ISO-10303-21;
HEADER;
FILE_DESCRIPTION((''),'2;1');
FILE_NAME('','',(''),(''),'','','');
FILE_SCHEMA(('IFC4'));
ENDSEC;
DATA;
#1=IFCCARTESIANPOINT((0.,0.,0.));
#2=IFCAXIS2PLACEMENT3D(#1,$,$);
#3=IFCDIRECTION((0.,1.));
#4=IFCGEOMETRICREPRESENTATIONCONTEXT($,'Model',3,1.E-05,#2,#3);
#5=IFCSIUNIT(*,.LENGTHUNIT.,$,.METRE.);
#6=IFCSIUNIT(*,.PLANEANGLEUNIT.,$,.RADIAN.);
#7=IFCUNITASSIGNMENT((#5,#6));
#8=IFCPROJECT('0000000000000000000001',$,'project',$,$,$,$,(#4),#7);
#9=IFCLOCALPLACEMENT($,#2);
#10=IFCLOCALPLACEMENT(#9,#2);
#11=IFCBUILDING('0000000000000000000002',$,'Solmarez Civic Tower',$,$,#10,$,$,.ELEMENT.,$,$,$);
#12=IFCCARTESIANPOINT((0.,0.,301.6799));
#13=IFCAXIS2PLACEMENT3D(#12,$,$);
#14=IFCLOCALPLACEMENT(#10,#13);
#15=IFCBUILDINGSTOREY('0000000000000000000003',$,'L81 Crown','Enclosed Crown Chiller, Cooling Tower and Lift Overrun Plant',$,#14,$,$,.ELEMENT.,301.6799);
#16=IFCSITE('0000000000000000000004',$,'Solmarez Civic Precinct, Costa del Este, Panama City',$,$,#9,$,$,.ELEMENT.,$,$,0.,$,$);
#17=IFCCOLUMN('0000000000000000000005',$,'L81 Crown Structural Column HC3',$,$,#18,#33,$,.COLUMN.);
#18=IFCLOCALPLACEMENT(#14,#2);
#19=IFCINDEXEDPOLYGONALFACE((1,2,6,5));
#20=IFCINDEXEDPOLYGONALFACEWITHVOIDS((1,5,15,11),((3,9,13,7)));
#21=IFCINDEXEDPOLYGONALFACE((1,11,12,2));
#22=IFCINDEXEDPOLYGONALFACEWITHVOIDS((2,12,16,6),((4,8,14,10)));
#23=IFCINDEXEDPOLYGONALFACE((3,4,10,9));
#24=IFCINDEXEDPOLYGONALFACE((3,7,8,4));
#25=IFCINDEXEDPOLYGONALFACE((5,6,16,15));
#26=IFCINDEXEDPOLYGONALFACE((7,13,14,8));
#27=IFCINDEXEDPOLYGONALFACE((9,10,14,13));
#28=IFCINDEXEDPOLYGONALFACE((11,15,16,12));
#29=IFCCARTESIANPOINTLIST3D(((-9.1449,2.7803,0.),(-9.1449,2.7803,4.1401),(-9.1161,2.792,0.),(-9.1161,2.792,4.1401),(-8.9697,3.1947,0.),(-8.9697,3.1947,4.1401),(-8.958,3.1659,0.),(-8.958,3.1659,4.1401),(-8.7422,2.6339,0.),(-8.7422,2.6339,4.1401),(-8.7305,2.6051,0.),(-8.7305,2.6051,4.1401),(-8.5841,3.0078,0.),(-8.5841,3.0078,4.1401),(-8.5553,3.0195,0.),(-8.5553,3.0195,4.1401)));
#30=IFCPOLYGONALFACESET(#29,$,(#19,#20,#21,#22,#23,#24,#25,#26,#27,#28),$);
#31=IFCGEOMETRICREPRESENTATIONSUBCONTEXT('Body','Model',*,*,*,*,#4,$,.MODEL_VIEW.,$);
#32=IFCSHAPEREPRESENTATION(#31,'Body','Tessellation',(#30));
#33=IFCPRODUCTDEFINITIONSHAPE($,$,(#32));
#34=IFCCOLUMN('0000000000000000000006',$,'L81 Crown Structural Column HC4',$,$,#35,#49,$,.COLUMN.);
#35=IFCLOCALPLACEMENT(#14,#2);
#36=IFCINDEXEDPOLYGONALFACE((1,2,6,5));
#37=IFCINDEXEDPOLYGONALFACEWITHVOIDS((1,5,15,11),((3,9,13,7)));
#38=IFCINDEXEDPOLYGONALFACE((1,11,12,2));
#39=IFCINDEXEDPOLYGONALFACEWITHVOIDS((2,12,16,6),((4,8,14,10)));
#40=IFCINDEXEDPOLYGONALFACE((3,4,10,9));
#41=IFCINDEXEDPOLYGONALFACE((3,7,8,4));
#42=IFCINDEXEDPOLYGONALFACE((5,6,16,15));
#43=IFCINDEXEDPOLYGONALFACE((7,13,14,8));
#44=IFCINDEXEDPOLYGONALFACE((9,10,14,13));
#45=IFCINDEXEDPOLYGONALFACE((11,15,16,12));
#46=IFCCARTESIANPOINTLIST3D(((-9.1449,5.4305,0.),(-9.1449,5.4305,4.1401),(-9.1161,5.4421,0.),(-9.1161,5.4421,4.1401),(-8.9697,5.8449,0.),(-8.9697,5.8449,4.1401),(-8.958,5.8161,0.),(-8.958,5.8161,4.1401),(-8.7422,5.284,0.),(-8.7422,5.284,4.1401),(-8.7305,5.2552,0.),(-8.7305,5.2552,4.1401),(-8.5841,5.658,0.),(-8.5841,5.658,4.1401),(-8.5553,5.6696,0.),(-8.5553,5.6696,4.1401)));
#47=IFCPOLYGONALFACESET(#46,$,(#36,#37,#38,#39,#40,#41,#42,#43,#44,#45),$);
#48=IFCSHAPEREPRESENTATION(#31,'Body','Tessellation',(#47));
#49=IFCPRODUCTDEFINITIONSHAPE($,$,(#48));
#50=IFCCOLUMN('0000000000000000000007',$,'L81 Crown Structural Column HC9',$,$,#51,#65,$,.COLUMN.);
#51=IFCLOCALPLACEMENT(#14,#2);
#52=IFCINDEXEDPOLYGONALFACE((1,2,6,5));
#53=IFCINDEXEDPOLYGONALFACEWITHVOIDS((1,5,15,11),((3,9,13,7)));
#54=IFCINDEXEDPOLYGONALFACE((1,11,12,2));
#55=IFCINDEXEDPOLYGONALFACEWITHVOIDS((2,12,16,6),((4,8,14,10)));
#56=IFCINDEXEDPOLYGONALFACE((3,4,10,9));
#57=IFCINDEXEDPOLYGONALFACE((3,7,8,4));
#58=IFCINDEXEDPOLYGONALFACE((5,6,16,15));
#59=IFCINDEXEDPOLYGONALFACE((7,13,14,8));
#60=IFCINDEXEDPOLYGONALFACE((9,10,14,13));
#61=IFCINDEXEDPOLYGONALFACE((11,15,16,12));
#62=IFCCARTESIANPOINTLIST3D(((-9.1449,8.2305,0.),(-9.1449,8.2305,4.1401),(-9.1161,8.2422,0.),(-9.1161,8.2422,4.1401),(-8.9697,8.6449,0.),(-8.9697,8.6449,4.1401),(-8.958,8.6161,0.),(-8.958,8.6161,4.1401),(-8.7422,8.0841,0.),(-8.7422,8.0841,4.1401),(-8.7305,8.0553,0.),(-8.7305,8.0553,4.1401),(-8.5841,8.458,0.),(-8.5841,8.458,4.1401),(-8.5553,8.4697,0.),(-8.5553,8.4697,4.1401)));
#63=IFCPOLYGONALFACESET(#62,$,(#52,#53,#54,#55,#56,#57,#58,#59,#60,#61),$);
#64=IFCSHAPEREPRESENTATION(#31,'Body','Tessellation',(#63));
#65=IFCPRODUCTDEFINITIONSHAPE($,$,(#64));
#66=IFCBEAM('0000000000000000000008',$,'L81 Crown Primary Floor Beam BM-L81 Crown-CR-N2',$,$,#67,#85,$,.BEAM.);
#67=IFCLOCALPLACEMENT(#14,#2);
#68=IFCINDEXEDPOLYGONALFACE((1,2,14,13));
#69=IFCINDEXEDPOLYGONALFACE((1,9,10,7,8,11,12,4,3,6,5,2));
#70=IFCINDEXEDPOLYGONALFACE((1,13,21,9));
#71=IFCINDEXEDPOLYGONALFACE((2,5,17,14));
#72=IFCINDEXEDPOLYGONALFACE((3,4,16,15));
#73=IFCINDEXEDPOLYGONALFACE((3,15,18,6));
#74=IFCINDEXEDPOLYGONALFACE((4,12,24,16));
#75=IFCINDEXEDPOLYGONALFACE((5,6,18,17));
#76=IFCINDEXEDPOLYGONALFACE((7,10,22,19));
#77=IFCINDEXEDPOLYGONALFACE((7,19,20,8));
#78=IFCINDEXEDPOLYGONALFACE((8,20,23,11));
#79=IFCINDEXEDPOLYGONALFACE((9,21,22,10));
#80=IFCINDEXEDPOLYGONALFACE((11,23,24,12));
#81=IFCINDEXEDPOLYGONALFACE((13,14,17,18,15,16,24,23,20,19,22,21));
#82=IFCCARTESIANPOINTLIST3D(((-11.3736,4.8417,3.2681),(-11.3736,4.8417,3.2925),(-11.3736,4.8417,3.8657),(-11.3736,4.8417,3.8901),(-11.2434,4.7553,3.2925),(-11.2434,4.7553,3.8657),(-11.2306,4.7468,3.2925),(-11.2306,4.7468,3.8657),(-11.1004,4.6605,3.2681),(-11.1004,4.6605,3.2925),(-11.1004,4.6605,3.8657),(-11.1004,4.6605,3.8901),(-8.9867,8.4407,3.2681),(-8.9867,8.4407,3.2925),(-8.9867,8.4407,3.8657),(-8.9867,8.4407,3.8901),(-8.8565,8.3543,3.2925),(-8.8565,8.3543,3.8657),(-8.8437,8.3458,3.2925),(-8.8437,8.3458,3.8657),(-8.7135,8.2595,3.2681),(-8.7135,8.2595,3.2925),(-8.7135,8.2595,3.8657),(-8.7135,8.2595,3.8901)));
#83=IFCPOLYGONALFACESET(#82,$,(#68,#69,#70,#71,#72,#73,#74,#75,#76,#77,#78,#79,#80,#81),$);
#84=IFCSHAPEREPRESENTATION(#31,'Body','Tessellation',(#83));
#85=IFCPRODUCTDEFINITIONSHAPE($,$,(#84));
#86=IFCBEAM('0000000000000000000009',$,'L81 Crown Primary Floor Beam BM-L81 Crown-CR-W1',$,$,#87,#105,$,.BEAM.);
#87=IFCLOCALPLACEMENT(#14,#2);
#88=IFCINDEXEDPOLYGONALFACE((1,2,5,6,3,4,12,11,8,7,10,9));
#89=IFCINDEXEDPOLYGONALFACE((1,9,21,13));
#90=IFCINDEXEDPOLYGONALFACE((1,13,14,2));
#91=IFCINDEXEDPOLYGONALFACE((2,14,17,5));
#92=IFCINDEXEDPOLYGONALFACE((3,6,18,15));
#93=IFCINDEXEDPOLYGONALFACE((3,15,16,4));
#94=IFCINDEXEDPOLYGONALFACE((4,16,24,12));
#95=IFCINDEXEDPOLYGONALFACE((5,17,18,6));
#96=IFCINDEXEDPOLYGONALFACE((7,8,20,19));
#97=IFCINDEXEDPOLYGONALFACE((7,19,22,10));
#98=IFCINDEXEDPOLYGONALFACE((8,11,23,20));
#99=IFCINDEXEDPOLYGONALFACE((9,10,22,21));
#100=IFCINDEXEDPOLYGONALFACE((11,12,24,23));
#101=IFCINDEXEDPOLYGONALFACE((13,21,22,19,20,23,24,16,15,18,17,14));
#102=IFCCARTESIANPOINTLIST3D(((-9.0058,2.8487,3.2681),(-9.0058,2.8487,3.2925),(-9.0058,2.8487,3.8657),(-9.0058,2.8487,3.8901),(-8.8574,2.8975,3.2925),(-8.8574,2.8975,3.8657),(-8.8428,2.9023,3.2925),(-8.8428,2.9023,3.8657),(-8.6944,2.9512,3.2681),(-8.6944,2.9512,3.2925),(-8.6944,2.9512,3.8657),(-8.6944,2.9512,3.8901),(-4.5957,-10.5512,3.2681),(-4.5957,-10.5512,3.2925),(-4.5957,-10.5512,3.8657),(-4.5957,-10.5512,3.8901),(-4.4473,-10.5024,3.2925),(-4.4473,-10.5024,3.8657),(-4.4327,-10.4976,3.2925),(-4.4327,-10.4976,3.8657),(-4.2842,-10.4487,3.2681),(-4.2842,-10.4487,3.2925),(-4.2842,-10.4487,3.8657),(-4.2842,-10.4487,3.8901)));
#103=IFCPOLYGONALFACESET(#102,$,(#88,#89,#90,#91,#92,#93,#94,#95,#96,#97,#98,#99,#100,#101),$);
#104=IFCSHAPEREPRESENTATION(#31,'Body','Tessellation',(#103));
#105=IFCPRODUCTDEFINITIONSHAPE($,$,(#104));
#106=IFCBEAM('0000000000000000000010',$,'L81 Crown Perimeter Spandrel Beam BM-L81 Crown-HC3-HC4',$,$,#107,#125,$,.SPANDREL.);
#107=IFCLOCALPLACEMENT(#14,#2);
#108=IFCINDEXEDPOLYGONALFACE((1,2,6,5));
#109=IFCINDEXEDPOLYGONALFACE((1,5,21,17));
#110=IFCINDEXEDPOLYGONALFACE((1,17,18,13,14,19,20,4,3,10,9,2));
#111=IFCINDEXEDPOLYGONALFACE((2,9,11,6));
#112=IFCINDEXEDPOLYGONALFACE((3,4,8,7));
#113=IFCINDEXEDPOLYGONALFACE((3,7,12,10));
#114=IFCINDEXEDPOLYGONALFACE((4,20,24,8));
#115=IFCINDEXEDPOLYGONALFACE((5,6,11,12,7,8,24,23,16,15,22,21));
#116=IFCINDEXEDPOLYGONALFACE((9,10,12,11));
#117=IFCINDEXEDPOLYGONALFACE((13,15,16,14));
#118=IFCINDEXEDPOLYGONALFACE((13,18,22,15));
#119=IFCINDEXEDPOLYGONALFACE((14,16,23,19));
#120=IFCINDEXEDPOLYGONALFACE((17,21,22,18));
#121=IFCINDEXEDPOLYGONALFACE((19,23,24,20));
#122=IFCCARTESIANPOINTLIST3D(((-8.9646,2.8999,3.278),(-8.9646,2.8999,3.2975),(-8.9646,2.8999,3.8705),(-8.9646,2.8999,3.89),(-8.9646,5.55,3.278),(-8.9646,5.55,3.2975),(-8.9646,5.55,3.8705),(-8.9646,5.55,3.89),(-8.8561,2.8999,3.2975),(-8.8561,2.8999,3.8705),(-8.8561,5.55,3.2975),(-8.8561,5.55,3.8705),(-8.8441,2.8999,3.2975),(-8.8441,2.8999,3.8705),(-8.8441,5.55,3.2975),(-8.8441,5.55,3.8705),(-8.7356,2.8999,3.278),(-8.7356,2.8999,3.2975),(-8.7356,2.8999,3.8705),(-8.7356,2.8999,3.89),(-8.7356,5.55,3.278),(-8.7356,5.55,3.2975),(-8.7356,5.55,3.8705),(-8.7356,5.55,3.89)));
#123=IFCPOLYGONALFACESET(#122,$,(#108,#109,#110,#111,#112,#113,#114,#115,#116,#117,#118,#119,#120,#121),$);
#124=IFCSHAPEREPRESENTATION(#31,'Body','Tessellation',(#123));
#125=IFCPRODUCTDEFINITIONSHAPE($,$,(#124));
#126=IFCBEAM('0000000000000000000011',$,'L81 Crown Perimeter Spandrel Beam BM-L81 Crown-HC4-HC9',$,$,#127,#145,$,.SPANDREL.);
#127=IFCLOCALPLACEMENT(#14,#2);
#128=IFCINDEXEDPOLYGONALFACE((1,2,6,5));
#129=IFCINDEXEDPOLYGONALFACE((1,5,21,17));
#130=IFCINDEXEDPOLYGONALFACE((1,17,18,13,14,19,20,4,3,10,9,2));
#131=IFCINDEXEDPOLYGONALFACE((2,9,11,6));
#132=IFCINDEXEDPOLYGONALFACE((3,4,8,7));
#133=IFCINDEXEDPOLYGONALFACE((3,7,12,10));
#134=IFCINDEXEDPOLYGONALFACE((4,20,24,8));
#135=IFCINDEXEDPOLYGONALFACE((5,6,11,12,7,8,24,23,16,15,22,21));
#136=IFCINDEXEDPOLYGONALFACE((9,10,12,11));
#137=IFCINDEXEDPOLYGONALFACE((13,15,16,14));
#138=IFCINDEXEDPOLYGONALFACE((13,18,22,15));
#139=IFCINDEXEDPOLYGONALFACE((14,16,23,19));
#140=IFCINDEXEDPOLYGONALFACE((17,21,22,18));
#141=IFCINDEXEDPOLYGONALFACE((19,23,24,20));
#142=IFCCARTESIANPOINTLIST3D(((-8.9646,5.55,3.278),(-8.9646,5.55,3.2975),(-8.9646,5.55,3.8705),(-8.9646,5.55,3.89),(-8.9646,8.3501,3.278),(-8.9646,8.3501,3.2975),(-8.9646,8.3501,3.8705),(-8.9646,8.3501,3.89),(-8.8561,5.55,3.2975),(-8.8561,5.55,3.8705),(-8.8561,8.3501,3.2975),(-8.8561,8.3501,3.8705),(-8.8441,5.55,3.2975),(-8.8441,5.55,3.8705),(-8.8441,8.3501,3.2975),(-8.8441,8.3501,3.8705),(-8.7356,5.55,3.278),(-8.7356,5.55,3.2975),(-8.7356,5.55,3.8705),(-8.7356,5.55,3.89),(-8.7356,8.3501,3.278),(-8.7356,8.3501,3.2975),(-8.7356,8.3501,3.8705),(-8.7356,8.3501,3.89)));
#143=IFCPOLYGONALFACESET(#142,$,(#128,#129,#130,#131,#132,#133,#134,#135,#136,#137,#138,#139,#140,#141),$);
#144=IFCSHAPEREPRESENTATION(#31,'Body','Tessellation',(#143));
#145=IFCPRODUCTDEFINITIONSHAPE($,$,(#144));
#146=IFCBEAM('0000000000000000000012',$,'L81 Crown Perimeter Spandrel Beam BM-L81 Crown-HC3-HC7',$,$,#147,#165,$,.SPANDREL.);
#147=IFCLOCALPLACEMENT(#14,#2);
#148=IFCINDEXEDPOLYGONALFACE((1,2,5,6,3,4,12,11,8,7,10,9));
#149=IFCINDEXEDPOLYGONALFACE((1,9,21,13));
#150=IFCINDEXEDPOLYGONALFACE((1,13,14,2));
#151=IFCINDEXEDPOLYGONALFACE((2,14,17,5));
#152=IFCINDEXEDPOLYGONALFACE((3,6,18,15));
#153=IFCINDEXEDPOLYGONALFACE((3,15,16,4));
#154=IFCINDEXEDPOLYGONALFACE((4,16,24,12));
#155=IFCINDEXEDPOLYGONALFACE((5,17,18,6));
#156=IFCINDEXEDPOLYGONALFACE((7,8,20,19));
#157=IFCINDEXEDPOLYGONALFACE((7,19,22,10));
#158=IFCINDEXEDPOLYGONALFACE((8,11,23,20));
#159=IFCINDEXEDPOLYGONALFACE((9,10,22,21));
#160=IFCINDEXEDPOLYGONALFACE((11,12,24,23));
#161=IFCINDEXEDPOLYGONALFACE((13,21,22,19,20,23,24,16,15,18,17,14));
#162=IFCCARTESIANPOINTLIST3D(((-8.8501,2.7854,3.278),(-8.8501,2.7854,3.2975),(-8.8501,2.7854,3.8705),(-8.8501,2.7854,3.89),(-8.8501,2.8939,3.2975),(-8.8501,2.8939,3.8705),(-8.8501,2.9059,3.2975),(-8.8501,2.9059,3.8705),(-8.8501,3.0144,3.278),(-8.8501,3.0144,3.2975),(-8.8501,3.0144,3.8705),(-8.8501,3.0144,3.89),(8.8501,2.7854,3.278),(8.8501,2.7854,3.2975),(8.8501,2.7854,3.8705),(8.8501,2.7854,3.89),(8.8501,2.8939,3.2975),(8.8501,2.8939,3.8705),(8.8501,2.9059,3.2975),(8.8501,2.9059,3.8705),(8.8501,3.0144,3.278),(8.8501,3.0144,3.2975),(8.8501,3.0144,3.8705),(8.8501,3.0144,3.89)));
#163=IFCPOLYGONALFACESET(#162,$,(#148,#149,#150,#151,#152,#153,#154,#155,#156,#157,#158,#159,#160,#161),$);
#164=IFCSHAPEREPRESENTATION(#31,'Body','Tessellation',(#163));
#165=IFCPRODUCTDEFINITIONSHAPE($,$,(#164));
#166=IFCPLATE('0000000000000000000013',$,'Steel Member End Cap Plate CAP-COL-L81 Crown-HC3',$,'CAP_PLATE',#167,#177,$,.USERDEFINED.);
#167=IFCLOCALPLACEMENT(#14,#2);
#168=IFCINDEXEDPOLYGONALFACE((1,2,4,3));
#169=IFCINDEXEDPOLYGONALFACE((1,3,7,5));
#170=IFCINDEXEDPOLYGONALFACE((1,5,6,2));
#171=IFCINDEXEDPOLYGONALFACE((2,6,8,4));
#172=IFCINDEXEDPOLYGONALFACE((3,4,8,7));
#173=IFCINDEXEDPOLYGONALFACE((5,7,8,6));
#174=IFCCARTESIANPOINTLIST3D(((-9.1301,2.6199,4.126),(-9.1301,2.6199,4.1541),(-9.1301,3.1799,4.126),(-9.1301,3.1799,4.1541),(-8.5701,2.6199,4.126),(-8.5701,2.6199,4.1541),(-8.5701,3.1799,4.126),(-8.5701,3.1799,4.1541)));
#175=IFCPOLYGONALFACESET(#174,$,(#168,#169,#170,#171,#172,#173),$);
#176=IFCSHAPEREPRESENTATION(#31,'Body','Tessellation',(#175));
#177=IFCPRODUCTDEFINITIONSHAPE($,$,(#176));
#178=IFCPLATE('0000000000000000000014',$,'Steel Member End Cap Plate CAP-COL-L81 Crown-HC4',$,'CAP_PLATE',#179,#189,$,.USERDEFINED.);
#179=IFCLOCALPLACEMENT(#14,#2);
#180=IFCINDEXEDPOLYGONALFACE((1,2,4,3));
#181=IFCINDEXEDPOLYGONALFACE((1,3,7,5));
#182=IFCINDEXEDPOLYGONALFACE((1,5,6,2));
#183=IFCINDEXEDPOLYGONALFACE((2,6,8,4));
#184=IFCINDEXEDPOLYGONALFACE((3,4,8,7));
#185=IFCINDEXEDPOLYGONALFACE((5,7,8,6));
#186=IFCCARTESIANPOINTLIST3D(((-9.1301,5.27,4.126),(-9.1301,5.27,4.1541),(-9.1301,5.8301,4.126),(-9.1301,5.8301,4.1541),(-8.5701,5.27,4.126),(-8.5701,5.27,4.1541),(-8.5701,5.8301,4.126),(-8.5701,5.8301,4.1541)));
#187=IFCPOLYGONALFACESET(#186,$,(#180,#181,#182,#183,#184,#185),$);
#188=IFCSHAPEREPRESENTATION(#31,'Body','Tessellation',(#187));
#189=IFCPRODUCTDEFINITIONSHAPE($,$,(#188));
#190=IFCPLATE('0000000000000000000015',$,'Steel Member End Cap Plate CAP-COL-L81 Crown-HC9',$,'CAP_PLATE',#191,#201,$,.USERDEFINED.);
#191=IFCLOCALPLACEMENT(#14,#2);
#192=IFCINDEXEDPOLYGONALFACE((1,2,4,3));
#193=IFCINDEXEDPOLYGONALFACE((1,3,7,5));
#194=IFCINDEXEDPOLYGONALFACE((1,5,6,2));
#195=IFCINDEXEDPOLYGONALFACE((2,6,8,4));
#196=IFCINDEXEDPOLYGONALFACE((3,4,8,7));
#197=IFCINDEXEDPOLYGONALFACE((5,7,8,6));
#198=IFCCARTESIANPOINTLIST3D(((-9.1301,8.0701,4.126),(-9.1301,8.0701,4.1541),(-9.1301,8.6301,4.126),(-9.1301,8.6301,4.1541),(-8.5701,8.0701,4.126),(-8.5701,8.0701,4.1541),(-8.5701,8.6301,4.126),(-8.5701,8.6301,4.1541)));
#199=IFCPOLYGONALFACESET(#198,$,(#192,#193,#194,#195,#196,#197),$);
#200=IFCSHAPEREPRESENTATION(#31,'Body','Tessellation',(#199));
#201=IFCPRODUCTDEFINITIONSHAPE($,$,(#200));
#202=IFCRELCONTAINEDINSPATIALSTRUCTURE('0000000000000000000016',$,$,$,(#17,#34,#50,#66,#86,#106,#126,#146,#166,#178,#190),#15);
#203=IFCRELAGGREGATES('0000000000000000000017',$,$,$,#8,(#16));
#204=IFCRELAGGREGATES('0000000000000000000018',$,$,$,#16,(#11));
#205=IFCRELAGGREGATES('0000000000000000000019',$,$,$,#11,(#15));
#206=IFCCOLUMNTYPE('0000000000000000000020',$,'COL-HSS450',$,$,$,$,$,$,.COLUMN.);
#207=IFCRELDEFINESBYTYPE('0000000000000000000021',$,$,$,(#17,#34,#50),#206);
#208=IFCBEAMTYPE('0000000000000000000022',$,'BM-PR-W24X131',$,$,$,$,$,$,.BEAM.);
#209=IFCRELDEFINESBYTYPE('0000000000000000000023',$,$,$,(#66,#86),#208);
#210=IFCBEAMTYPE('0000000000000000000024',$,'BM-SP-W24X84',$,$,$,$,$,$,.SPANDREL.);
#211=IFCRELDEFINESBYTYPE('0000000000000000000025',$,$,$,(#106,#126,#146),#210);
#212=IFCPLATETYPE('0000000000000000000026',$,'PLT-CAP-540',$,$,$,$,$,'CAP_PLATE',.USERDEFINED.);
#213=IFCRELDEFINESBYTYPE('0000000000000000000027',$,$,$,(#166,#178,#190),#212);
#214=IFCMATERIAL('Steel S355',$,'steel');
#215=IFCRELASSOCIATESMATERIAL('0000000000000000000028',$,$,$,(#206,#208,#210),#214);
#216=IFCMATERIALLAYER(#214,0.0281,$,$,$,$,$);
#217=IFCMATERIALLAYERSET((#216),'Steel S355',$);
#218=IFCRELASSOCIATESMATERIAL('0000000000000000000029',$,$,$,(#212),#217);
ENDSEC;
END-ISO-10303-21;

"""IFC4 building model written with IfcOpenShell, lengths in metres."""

from ifc_helpers import new_model, si_unit, direction, frame, origin, origin_2d, place, context, subcontext, project, spatial, rectangle, hollow_rectangle, i_section, extrude, material, layer, layer_set, material_profile, profile_set, type_object, element, save


model = new_model("IFC4")

# Units and contexts
model_context = context("Model", 3, precision=1e-05, world=origin(), true_north=direction((0.0, 1.0)))
body_context = subcontext(model_context, "Body", "Model", "MODEL_VIEW")
ifc_project = project(units=[si_unit("LENGTHUNIT", "METRE"), si_unit("PLANEANGLEUNIT", "RADIAN")], contexts=[model_context])

# Site, building, storey
site_placement = place(None, origin())
site = spatial("IfcSite", under=ifc_project, at=site_placement, Name="Solmarez Civic Precinct, Costa del Este, Panama City", CompositionType="ELEMENT", RefElevation=0.0)
building_placement = place(site_placement, origin())
building = spatial("IfcBuilding", under=site, at=building_placement, Name="Solmarez Civic Tower", CompositionType="ELEMENT")
storey_placement = place(building_placement, frame((0.0, 0.0, 301.6799)))
storey = spatial("IfcBuildingStorey", under=building, at=storey_placement, Name="L81 Crown", Description="Enclosed Crown Chiller, Cooling Tower and Lift Overrun Plant", CompositionType="ELEMENT", Elevation=301.6799)

# Columns
ifc_material_1 = material(Name="Steel S355", Category="steel")
ifc_material_profile_1 = material_profile(ifc_material_1, hollow_rectangle(XDim=0.45, YDim=0.45, WallThickness=0.022, at=origin_2d()), Name="HSS450X450X22")
ifc_profile_set_1 = profile_set([ifc_material_profile_1], Name="Steel S355")
column_type = type_object("IfcColumnType", Name="COL-HSS450", PredefinedType="COLUMN", material=ifc_profile_set_1)
for number, where, z_axis, x_axis, name in (
    (1, (-8.8501, 2.8999, 0.0), (0.0, 0.0, 1.0), (0.389445, 0.92105, 0.0), "L81 Crown Structural Column HC3"),
    (2, (-8.8501, 5.55, 0.0), (0.0, 0.0, 1.0), (0.389445, 0.92105, 0.0), "L81 Crown Structural Column HC4"),
    (3, (-8.8501, 8.3501, 0.0), (0.0, 0.0, 1.0), (0.389445, 0.92105, 0.0), "L81 Crown Structural Column HC9"),
):
    element("IfcColumn", number, at=place(storey_placement, frame(where, z_axis=z_axis, x_axis=x_axis)), inside=storey, type_object=column_type, Name=name, PredefinedType="COLUMN", context=body_context, shape_type="SweptSolid", body=[
        extrude(hollow_rectangle(XDim=0.45, YDim=0.45, WallThickness=0.022, at=origin_2d()), origin(), (0.0, 0.0, 1.0), 4.1401),
    ])

# Beams
ifc_material_profile_2 = material_profile(ifc_material_1, i_section(OverallWidth=0.3279, OverallDepth=0.6221, WebThickness=0.0154, FlangeThickness=0.0244, at=origin_2d()), Name="W24X131")
ifc_profile_set_2 = profile_set([ifc_material_profile_2], Name="Steel S355")
beam_type_1 = type_object("IfcBeamType", Name="BM-PR-W24X131", PredefinedType="BEAM", material=ifc_profile_set_2)
beam_1_placement = place(storey_placement, frame((-8.8501, 8.3501, 3.5791), z_axis=(-0.552703, -0.833379, 0.0), x_axis=(0.833379, -0.552703, 0.0)))
element("IfcBeam", 4, at=beam_1_placement, inside=storey, type_object=beam_type_1, Name="L81 Crown Primary Floor Beam BM-L81 Crown-CR-N2", PredefinedType="BEAM", context=body_context, shape_type="SweptSolid", body=[
    extrude(i_section(OverallWidth=0.3279, OverallDepth=0.6221, WebThickness=0.0154, FlangeThickness=0.0244, at=origin_2d()), origin(), (0.0, 0.0, 1.0), 4.3186),
])
beam_2_placement = place(storey_placement, frame((-8.8501, 2.8999, 3.5791), z_axis=(0.312622, -0.949878, 0.0), x_axis=(0.949878, 0.312622, 0.0)))
element("IfcBeam", 5, at=beam_2_placement, inside=storey, type_object=beam_type_1, Name="L81 Crown Primary Floor Beam BM-L81 Crown-CR-W1", PredefinedType="BEAM", context=body_context, shape_type="SweptSolid", body=[
    extrude(i_section(OverallWidth=0.3279, OverallDepth=0.6221, WebThickness=0.0154, FlangeThickness=0.0244, at=origin_2d()), origin(), (0.0, 0.0, 1.0), 14.1069),
])
ifc_material_profile_3 = material_profile(ifc_material_1, i_section(OverallWidth=0.229, OverallDepth=0.6121, WebThickness=0.012, FlangeThickness=0.0195, at=origin_2d()), Name="W24X84")
ifc_profile_set_3 = profile_set([ifc_material_profile_3], Name="Steel S355")
beam_type_2 = type_object("IfcBeamType", Name="BM-SP-W24X84", PredefinedType="SPANDREL", material=ifc_profile_set_3)
beam_3_placement = place(storey_placement, frame((-8.8501, 2.8999, 3.584), z_axis=(0.0, 1.0, 0.0), x_axis=(-1.0, 0.0, 0.0)))
element("IfcBeam", 6, at=beam_3_placement, inside=storey, type_object=beam_type_2, Name="L81 Crown Perimeter Spandrel Beam BM-L81 Crown-HC3-HC4", PredefinedType="SPANDREL", context=body_context, shape_type="SweptSolid", body=[
    extrude(i_section(OverallWidth=0.229, OverallDepth=0.6121, WebThickness=0.012, FlangeThickness=0.0195, at=origin_2d()), origin(), (0.0, 0.0, 1.0), 2.6501),
])
beam_4_placement = place(storey_placement, frame((-8.8501, 5.55, 3.584), z_axis=(0.0, 1.0, 0.0), x_axis=(-1.0, 0.0, 0.0)))
element("IfcBeam", 7, at=beam_4_placement, inside=storey, type_object=beam_type_2, Name="L81 Crown Perimeter Spandrel Beam BM-L81 Crown-HC4-HC9", PredefinedType="SPANDREL", context=body_context, shape_type="SweptSolid", body=[
    extrude(i_section(OverallWidth=0.229, OverallDepth=0.6121, WebThickness=0.012, FlangeThickness=0.0195, at=origin_2d()), origin(), (0.0, 0.0, 1.0), 2.8),
])
beam_5_placement = place(storey_placement, frame((-8.8501, 2.8999, 3.584), z_axis=(1.0, 0.0, 0.0), x_axis=(0.0, 1.0, 0.0)))
element("IfcBeam", 8, at=beam_5_placement, inside=storey, type_object=beam_type_2, Name="L81 Crown Perimeter Spandrel Beam BM-L81 Crown-HC3-HC7", PredefinedType="SPANDREL", context=body_context, shape_type="SweptSolid", body=[
    extrude(i_section(OverallWidth=0.229, OverallDepth=0.6121, WebThickness=0.012, FlangeThickness=0.0195, at=origin_2d()), origin(), (0.0, 0.0, 1.0), 17.7002),
])

# Plates
ifc_layer_1 = layer(ifc_material_1, 0.0281)
ifc_layer_set_1 = layer_set([ifc_layer_1], Name="Steel S355")
plate_type = type_object("IfcPlateType", Name="PLT-CAP-540", ElementType="CAP_PLATE", PredefinedType="USERDEFINED", material=ifc_layer_set_1)
for number, where, z_axis, x_axis, name in (
    (9, (-8.8501, 2.8999, 4.126), (0.0, 0.0, 1.0), (1.0, 0.0, 0.0), "Steel Member End Cap Plate CAP-COL-L81 Crown-HC3"),
    (10, (-8.8501, 5.55, 4.126), (0.0, 0.0, 1.0), (1.0, 0.0, 0.0), "Steel Member End Cap Plate CAP-COL-L81 Crown-HC4"),
    (11, (-8.8501, 8.3501, 4.126), (0.0, 0.0, 1.0), (1.0, 0.0, 0.0), "Steel Member End Cap Plate CAP-COL-L81 Crown-HC9"),
):
    element("IfcPlate", number, at=place(storey_placement, frame(where, z_axis=z_axis, x_axis=x_axis)), inside=storey, type_object=plate_type, Name=name, ObjectType="CAP_PLATE", PredefinedType="USERDEFINED", context=body_context, shape_type="SweptSolid", body=[
        extrude(rectangle(XDim=0.5601, YDim=0.5601, at=origin_2d()), origin(), (0.0, 0.0, 1.0), 0.0281),
    ])

save(model, "model.ifc")
